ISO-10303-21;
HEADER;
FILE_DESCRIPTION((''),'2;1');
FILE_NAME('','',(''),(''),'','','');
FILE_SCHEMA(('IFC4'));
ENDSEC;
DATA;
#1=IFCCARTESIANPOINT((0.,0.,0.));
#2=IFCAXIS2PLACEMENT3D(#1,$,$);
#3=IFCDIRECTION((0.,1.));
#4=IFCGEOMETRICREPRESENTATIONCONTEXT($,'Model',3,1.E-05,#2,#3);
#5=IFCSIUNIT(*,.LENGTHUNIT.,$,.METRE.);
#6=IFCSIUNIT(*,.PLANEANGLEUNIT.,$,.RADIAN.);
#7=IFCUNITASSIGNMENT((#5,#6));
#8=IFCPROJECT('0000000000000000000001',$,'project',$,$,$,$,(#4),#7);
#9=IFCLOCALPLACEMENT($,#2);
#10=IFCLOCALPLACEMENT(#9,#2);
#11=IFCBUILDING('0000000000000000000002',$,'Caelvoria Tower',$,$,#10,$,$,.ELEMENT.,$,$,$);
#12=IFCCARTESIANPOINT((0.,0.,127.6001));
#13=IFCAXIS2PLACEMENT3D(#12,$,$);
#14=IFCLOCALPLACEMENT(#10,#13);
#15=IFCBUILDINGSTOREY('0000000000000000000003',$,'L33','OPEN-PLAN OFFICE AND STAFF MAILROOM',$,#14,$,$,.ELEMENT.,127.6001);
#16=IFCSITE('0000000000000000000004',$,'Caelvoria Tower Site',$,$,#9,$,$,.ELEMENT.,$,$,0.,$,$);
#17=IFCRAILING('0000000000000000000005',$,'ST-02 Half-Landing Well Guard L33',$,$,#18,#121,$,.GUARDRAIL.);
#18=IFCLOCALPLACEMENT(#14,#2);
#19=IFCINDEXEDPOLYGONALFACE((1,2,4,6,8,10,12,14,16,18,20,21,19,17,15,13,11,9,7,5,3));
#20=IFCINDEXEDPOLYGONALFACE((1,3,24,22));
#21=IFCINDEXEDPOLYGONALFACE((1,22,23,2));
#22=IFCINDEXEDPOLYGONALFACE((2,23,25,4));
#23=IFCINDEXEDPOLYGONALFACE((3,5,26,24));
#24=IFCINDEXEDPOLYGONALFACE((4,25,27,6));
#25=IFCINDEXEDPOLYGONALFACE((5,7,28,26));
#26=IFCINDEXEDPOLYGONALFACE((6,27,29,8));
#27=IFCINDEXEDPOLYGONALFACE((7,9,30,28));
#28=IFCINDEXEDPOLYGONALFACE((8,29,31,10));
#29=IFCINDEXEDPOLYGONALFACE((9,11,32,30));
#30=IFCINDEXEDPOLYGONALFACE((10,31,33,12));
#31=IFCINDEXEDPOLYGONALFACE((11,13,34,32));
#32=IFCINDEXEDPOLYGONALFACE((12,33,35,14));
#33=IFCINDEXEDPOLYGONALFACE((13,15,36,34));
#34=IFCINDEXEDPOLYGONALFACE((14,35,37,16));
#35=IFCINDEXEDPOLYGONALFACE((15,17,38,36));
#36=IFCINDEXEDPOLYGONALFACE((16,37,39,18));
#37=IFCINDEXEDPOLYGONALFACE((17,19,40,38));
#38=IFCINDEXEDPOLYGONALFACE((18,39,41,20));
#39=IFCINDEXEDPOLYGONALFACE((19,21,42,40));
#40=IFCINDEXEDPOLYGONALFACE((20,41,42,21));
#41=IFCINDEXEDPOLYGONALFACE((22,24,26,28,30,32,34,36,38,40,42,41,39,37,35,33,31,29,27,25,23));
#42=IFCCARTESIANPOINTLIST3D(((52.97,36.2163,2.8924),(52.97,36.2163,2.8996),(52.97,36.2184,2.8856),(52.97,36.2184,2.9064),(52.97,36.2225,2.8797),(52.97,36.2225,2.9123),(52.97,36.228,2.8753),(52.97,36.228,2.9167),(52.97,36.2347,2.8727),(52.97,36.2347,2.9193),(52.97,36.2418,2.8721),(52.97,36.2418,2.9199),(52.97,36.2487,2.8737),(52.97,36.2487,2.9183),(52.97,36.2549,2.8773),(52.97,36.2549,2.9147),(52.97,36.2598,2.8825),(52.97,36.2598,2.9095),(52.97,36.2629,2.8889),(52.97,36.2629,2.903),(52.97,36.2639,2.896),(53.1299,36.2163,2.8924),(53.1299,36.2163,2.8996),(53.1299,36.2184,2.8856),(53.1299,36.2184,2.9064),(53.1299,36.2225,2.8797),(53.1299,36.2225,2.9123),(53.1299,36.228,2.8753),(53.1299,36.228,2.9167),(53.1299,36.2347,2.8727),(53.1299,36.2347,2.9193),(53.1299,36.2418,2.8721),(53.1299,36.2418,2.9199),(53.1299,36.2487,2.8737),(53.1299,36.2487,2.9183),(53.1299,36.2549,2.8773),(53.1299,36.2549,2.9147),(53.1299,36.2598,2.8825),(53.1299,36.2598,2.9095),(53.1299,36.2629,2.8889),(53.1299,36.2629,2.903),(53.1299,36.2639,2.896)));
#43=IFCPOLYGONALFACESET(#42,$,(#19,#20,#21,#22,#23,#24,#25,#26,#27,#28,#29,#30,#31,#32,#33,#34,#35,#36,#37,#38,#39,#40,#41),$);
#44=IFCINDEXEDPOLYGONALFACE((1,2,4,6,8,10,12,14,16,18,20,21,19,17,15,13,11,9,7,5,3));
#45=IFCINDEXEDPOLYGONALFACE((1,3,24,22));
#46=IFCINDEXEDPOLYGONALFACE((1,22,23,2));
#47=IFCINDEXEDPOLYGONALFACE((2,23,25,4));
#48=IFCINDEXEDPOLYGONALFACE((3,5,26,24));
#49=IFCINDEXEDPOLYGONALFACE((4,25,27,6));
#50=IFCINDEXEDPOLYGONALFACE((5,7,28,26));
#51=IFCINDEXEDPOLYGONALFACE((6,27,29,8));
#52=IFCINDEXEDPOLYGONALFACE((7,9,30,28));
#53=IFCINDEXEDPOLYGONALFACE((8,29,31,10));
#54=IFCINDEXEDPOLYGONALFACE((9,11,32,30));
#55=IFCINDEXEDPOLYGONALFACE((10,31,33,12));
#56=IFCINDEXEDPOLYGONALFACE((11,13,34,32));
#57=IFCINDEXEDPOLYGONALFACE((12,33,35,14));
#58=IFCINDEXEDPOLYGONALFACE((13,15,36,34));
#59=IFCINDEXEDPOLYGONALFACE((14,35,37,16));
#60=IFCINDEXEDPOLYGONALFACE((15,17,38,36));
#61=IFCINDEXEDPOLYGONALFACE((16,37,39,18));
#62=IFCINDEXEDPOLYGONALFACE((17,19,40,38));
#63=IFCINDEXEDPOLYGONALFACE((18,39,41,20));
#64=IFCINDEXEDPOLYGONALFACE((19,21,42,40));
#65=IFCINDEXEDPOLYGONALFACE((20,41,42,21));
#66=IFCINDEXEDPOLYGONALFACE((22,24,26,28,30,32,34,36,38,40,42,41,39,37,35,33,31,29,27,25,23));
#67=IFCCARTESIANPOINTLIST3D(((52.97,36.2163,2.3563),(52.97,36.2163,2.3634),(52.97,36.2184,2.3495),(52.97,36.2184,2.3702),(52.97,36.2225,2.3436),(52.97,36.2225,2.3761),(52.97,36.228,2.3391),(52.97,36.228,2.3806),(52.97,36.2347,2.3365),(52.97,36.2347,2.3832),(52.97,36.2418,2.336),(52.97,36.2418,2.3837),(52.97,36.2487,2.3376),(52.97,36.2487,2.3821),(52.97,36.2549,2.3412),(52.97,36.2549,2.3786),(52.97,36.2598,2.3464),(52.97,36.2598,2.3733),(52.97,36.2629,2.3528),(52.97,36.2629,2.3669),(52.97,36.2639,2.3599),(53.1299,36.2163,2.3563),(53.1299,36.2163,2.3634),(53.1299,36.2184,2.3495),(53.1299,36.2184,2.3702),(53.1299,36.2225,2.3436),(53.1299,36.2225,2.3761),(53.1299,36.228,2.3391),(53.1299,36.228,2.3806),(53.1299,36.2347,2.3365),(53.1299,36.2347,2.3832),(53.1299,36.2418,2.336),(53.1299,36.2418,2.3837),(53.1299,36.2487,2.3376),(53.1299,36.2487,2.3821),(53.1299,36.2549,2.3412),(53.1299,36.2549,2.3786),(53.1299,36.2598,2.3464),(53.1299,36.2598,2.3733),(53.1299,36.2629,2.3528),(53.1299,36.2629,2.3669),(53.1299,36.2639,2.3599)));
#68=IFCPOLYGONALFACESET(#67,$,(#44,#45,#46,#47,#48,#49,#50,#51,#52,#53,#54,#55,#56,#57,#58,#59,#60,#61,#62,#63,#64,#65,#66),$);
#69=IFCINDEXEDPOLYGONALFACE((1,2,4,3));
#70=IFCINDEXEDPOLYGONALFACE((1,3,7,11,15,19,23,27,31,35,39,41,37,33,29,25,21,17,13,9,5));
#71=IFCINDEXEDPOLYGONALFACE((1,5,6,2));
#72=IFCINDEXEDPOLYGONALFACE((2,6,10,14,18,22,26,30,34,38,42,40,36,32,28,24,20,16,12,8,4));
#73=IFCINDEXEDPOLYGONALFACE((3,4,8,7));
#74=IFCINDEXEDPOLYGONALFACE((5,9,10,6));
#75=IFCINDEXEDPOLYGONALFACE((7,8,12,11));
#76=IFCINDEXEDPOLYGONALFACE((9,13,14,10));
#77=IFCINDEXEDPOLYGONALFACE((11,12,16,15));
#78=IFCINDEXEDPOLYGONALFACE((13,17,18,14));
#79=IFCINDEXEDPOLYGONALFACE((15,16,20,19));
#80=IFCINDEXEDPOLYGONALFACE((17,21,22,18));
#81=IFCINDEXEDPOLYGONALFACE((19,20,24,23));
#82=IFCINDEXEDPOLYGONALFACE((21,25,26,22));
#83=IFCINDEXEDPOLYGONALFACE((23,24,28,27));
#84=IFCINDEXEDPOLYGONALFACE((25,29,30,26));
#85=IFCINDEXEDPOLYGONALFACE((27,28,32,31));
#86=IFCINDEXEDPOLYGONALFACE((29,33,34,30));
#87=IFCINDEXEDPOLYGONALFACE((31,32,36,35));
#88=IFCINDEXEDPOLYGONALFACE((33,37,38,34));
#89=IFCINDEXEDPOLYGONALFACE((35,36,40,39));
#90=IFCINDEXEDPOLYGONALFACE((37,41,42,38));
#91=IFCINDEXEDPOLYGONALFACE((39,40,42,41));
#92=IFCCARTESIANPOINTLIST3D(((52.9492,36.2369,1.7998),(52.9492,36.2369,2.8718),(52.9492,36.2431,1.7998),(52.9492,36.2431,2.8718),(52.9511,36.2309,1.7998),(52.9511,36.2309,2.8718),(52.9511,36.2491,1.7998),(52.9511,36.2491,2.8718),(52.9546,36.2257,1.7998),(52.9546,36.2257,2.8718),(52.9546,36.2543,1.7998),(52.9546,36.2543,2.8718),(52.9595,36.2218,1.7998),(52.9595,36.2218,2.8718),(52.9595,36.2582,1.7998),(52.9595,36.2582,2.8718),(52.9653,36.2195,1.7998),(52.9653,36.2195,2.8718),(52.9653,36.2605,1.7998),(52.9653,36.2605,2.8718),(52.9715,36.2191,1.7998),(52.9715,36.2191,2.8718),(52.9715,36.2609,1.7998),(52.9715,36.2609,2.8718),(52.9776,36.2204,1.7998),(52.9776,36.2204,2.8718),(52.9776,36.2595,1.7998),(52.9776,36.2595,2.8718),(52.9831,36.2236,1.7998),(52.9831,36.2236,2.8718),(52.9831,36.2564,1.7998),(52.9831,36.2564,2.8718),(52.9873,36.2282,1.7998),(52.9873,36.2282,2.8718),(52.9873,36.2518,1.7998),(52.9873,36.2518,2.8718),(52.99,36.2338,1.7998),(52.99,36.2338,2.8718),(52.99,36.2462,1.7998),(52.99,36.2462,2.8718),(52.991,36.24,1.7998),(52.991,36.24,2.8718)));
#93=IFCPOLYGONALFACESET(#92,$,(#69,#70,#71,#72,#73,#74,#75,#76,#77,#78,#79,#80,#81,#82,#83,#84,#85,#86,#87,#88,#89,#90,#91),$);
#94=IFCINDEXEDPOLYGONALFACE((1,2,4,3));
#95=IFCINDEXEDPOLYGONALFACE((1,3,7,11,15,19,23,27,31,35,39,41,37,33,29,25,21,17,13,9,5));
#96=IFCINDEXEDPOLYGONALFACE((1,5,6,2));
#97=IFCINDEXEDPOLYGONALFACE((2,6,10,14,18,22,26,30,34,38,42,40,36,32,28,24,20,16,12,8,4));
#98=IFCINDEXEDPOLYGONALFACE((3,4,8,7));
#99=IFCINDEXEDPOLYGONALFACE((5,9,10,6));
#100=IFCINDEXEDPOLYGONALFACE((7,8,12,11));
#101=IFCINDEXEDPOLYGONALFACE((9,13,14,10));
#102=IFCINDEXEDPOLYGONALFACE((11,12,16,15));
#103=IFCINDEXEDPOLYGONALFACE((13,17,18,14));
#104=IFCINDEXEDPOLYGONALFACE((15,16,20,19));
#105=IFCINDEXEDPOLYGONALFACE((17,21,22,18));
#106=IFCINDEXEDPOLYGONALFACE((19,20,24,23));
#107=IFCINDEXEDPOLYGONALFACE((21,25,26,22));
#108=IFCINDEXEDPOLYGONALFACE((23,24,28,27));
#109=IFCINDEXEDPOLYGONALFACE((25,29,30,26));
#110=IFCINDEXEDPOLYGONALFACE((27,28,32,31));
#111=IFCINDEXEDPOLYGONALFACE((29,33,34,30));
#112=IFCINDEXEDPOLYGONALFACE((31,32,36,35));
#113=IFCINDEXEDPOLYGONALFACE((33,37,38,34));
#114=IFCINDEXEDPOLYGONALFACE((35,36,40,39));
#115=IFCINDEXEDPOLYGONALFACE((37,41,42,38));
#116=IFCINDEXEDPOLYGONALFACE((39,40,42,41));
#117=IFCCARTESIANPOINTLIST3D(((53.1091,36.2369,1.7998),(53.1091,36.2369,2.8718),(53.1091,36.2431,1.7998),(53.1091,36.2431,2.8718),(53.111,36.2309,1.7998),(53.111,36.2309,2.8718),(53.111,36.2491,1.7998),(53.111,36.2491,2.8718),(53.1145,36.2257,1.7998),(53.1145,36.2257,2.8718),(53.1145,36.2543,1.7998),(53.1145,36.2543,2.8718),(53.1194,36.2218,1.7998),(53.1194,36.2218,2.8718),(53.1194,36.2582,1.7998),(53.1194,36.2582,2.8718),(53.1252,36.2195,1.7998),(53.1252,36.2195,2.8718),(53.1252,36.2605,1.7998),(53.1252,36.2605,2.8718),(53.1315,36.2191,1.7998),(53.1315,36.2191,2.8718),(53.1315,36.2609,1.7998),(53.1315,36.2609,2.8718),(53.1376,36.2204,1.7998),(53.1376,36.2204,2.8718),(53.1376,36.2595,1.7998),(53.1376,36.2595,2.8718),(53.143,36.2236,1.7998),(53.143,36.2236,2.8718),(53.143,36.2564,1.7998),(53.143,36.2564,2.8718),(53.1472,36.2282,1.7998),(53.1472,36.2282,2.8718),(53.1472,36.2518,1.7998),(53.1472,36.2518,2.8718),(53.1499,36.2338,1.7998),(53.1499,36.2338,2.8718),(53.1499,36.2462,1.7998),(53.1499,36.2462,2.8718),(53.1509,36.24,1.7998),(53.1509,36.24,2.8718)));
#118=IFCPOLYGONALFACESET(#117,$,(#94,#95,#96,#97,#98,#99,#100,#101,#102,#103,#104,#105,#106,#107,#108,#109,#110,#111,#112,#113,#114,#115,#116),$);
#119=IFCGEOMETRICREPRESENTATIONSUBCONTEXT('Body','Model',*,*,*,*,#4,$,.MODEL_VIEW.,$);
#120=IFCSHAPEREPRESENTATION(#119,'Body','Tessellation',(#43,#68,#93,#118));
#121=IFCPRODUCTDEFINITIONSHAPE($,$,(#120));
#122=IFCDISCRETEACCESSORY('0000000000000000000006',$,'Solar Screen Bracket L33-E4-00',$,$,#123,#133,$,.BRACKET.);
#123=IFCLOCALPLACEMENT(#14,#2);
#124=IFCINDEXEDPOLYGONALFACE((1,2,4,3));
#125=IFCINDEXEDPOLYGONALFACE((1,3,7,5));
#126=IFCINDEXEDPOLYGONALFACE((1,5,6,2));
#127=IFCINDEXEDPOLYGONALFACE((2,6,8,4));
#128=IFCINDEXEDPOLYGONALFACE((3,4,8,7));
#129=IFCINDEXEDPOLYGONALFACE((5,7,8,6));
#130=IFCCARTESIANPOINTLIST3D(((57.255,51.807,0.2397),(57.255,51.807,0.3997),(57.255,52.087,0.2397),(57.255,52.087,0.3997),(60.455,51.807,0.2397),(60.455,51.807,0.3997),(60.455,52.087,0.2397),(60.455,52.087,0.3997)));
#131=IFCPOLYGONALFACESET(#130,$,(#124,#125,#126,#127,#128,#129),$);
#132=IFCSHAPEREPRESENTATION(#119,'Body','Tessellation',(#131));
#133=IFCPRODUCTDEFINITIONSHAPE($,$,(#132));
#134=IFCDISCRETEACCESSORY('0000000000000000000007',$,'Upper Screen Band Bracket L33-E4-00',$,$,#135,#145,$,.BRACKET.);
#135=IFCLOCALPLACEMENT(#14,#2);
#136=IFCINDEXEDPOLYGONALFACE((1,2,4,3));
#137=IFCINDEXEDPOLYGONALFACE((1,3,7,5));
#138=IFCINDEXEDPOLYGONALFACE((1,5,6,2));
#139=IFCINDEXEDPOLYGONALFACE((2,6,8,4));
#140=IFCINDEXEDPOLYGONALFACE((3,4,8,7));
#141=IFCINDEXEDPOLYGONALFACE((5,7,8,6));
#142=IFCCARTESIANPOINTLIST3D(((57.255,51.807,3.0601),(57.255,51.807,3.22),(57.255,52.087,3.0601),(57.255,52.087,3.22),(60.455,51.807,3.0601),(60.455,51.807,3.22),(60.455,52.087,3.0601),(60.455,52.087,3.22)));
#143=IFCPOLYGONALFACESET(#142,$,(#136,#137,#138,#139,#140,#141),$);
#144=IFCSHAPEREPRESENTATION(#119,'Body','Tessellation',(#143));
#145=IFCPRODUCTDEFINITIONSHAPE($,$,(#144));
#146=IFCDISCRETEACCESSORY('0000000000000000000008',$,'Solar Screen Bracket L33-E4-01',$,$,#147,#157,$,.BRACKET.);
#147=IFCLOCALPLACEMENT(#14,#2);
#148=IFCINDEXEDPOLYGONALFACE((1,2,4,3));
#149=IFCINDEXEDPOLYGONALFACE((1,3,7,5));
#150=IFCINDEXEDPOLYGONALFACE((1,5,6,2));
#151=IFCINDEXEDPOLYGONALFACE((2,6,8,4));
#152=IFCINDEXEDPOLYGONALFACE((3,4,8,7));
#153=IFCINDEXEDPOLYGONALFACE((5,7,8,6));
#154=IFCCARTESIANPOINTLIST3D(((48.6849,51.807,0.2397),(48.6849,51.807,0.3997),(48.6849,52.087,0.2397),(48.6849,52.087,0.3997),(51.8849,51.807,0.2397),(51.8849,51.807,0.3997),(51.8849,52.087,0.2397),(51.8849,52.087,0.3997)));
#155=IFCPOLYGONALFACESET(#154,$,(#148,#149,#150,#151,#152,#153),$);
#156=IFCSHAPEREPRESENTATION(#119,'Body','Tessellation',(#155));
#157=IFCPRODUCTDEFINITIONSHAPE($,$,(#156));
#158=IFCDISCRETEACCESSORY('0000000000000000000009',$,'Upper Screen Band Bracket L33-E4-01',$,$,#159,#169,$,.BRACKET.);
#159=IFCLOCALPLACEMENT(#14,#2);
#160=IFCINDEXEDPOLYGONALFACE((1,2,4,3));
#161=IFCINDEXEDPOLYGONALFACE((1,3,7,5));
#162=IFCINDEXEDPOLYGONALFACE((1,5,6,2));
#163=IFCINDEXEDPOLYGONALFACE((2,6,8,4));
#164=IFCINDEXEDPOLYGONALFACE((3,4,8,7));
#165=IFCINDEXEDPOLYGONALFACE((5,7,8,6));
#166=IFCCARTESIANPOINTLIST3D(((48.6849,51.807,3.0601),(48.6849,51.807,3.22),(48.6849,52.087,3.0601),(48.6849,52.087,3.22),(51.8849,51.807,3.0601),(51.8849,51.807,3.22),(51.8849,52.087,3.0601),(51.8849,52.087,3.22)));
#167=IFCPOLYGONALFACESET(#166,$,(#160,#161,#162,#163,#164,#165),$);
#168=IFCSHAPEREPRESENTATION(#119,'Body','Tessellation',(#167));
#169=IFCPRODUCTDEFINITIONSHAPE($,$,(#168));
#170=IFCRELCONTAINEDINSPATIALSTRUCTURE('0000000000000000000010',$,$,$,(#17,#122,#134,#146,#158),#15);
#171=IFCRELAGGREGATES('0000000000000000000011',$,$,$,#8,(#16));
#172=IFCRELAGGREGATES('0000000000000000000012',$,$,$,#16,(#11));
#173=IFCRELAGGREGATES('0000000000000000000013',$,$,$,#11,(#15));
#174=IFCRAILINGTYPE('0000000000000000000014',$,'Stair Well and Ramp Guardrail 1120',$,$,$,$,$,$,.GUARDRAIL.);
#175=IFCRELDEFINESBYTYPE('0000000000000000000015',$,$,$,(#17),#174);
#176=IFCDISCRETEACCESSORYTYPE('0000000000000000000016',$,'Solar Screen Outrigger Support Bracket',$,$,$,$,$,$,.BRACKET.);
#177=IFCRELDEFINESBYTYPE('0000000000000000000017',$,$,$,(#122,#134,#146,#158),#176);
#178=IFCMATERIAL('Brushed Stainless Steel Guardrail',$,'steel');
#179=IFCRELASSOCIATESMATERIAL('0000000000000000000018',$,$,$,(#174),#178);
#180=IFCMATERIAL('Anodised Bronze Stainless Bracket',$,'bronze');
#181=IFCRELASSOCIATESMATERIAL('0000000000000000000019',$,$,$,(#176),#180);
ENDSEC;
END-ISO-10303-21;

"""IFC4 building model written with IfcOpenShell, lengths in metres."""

from ifc_helpers import new_model, si_unit, direction, frame, origin, origin_2d, place, context, subcontext, project, spatial, rectangle, circle, extrude, material, type_object, element, save


model = new_model("IFC4")

# Units and contexts
model_context = context("Model", 3, precision=1e-05, world=origin(), true_north=direction((0.0, 1.0)))
body_context = subcontext(model_context, "Body", "Model", "MODEL_VIEW")
ifc_project = project(units=[si_unit("LENGTHUNIT", "METRE"), si_unit("PLANEANGLEUNIT", "RADIAN")], contexts=[model_context])

# Site, building, storey
site_placement = place(None, origin())
site = spatial("IfcSite", under=ifc_project, at=site_placement, Name="Caelvoria Tower Site", CompositionType="ELEMENT", RefElevation=0.0)
building_placement = place(site_placement, origin())
building = spatial("IfcBuilding", under=site, at=building_placement, Name="Caelvoria Tower", CompositionType="ELEMENT")
storey_placement = place(building_placement, frame((0.0, 0.0, 127.6001)))
storey = spatial("IfcBuildingStorey", under=building, at=storey_placement, Name="L33", Description="OPEN-PLAN OFFICE AND STAFF MAILROOM", CompositionType="ELEMENT", Elevation=127.6001)

# Railing
ifc_material_1 = material(Name="Brushed Stainless Steel Guardrail", Category="steel")
railing_type_1 = type_object("IfcRailingType", Name="Stair Well and Ramp Guardrail 1120", PredefinedType="GUARDRAIL", material=ifc_material_1)
railing_1_placement = place(storey_placement, frame((52.97, 36.24, 1.7998)))
element("IfcRailing", 1, at=railing_1_placement, inside=storey, type_object=railing_type_1, Name="ST-02 Half-Landing Well Guard L33", PredefinedType="GUARDRAIL", context=body_context, shape_type="SweptSolid", body=[
    extrude(circle(Radius=0.0239, at=origin_2d()), frame((0.0, 0.0, 1.0962), z_axis=(1.0, 0.0, 0.0), x_axis=(0.0, 1.0, 0.0)), (0.0, 0.0, 1.0), 0.1599),
    extrude(circle(Radius=0.0239, at=origin_2d()), frame((0.0, 0.0, 0.5601), z_axis=(1.0, 0.0, 0.0), x_axis=(0.0, 1.0, 0.0)), (0.0, 0.0, 1.0), 0.1599),
    extrude(circle(Radius=0.021, at=origin_2d()), origin(), (0.0, 0.0, 1.0), 1.072),
    extrude(circle(Radius=0.021, at=origin_2d()), frame((0.1599, 0.0, 0.0)), (0.0, 0.0, 1.0), 1.072),
])

# Discrete accessories
ifc_material_2 = material(Name="Anodised Bronze Stainless Bracket", Category="bronze")
discrete_accessory_type = type_object("IfcDiscreteAccessoryType", Name="Solar Screen Outrigger Support Bracket", PredefinedType="BRACKET", material=ifc_material_2)
for number, where, z_axis, x_axis, name in (
    (2, (58.855, 51.947, 0.2397), (0.0, 0.0, 1.0), (-1.0, 0.0, 0.0), "Solar Screen Bracket L33-E4-00"),
    (3, (58.855, 51.947, 3.0601), (0.0, 0.0, 1.0), (-1.0, 0.0, 0.0), "Upper Screen Band Bracket L33-E4-00"),
    (4, (50.2849, 51.947, 0.2397), (0.0, 0.0, 1.0), (-1.0, 0.0, 0.0), "Solar Screen Bracket L33-E4-01"),
    (5, (50.2849, 51.947, 3.0601), (0.0, 0.0, 1.0), (-1.0, 0.0, 0.0), "Upper Screen Band Bracket L33-E4-01"),
):
    element("IfcDiscreteAccessory", number, at=place(storey_placement, frame(where, z_axis=z_axis, x_axis=x_axis)), inside=storey, type_object=discrete_accessory_type, Name=name, PredefinedType="BRACKET", context=body_context, shape_type="SweptSolid", body=[
        extrude(rectangle(XDim=3.2, YDim=0.28, at=origin_2d()), origin(), (0.0, 0.0, 1.0), 0.1599),
    ])

save(model, "model.ifc")
